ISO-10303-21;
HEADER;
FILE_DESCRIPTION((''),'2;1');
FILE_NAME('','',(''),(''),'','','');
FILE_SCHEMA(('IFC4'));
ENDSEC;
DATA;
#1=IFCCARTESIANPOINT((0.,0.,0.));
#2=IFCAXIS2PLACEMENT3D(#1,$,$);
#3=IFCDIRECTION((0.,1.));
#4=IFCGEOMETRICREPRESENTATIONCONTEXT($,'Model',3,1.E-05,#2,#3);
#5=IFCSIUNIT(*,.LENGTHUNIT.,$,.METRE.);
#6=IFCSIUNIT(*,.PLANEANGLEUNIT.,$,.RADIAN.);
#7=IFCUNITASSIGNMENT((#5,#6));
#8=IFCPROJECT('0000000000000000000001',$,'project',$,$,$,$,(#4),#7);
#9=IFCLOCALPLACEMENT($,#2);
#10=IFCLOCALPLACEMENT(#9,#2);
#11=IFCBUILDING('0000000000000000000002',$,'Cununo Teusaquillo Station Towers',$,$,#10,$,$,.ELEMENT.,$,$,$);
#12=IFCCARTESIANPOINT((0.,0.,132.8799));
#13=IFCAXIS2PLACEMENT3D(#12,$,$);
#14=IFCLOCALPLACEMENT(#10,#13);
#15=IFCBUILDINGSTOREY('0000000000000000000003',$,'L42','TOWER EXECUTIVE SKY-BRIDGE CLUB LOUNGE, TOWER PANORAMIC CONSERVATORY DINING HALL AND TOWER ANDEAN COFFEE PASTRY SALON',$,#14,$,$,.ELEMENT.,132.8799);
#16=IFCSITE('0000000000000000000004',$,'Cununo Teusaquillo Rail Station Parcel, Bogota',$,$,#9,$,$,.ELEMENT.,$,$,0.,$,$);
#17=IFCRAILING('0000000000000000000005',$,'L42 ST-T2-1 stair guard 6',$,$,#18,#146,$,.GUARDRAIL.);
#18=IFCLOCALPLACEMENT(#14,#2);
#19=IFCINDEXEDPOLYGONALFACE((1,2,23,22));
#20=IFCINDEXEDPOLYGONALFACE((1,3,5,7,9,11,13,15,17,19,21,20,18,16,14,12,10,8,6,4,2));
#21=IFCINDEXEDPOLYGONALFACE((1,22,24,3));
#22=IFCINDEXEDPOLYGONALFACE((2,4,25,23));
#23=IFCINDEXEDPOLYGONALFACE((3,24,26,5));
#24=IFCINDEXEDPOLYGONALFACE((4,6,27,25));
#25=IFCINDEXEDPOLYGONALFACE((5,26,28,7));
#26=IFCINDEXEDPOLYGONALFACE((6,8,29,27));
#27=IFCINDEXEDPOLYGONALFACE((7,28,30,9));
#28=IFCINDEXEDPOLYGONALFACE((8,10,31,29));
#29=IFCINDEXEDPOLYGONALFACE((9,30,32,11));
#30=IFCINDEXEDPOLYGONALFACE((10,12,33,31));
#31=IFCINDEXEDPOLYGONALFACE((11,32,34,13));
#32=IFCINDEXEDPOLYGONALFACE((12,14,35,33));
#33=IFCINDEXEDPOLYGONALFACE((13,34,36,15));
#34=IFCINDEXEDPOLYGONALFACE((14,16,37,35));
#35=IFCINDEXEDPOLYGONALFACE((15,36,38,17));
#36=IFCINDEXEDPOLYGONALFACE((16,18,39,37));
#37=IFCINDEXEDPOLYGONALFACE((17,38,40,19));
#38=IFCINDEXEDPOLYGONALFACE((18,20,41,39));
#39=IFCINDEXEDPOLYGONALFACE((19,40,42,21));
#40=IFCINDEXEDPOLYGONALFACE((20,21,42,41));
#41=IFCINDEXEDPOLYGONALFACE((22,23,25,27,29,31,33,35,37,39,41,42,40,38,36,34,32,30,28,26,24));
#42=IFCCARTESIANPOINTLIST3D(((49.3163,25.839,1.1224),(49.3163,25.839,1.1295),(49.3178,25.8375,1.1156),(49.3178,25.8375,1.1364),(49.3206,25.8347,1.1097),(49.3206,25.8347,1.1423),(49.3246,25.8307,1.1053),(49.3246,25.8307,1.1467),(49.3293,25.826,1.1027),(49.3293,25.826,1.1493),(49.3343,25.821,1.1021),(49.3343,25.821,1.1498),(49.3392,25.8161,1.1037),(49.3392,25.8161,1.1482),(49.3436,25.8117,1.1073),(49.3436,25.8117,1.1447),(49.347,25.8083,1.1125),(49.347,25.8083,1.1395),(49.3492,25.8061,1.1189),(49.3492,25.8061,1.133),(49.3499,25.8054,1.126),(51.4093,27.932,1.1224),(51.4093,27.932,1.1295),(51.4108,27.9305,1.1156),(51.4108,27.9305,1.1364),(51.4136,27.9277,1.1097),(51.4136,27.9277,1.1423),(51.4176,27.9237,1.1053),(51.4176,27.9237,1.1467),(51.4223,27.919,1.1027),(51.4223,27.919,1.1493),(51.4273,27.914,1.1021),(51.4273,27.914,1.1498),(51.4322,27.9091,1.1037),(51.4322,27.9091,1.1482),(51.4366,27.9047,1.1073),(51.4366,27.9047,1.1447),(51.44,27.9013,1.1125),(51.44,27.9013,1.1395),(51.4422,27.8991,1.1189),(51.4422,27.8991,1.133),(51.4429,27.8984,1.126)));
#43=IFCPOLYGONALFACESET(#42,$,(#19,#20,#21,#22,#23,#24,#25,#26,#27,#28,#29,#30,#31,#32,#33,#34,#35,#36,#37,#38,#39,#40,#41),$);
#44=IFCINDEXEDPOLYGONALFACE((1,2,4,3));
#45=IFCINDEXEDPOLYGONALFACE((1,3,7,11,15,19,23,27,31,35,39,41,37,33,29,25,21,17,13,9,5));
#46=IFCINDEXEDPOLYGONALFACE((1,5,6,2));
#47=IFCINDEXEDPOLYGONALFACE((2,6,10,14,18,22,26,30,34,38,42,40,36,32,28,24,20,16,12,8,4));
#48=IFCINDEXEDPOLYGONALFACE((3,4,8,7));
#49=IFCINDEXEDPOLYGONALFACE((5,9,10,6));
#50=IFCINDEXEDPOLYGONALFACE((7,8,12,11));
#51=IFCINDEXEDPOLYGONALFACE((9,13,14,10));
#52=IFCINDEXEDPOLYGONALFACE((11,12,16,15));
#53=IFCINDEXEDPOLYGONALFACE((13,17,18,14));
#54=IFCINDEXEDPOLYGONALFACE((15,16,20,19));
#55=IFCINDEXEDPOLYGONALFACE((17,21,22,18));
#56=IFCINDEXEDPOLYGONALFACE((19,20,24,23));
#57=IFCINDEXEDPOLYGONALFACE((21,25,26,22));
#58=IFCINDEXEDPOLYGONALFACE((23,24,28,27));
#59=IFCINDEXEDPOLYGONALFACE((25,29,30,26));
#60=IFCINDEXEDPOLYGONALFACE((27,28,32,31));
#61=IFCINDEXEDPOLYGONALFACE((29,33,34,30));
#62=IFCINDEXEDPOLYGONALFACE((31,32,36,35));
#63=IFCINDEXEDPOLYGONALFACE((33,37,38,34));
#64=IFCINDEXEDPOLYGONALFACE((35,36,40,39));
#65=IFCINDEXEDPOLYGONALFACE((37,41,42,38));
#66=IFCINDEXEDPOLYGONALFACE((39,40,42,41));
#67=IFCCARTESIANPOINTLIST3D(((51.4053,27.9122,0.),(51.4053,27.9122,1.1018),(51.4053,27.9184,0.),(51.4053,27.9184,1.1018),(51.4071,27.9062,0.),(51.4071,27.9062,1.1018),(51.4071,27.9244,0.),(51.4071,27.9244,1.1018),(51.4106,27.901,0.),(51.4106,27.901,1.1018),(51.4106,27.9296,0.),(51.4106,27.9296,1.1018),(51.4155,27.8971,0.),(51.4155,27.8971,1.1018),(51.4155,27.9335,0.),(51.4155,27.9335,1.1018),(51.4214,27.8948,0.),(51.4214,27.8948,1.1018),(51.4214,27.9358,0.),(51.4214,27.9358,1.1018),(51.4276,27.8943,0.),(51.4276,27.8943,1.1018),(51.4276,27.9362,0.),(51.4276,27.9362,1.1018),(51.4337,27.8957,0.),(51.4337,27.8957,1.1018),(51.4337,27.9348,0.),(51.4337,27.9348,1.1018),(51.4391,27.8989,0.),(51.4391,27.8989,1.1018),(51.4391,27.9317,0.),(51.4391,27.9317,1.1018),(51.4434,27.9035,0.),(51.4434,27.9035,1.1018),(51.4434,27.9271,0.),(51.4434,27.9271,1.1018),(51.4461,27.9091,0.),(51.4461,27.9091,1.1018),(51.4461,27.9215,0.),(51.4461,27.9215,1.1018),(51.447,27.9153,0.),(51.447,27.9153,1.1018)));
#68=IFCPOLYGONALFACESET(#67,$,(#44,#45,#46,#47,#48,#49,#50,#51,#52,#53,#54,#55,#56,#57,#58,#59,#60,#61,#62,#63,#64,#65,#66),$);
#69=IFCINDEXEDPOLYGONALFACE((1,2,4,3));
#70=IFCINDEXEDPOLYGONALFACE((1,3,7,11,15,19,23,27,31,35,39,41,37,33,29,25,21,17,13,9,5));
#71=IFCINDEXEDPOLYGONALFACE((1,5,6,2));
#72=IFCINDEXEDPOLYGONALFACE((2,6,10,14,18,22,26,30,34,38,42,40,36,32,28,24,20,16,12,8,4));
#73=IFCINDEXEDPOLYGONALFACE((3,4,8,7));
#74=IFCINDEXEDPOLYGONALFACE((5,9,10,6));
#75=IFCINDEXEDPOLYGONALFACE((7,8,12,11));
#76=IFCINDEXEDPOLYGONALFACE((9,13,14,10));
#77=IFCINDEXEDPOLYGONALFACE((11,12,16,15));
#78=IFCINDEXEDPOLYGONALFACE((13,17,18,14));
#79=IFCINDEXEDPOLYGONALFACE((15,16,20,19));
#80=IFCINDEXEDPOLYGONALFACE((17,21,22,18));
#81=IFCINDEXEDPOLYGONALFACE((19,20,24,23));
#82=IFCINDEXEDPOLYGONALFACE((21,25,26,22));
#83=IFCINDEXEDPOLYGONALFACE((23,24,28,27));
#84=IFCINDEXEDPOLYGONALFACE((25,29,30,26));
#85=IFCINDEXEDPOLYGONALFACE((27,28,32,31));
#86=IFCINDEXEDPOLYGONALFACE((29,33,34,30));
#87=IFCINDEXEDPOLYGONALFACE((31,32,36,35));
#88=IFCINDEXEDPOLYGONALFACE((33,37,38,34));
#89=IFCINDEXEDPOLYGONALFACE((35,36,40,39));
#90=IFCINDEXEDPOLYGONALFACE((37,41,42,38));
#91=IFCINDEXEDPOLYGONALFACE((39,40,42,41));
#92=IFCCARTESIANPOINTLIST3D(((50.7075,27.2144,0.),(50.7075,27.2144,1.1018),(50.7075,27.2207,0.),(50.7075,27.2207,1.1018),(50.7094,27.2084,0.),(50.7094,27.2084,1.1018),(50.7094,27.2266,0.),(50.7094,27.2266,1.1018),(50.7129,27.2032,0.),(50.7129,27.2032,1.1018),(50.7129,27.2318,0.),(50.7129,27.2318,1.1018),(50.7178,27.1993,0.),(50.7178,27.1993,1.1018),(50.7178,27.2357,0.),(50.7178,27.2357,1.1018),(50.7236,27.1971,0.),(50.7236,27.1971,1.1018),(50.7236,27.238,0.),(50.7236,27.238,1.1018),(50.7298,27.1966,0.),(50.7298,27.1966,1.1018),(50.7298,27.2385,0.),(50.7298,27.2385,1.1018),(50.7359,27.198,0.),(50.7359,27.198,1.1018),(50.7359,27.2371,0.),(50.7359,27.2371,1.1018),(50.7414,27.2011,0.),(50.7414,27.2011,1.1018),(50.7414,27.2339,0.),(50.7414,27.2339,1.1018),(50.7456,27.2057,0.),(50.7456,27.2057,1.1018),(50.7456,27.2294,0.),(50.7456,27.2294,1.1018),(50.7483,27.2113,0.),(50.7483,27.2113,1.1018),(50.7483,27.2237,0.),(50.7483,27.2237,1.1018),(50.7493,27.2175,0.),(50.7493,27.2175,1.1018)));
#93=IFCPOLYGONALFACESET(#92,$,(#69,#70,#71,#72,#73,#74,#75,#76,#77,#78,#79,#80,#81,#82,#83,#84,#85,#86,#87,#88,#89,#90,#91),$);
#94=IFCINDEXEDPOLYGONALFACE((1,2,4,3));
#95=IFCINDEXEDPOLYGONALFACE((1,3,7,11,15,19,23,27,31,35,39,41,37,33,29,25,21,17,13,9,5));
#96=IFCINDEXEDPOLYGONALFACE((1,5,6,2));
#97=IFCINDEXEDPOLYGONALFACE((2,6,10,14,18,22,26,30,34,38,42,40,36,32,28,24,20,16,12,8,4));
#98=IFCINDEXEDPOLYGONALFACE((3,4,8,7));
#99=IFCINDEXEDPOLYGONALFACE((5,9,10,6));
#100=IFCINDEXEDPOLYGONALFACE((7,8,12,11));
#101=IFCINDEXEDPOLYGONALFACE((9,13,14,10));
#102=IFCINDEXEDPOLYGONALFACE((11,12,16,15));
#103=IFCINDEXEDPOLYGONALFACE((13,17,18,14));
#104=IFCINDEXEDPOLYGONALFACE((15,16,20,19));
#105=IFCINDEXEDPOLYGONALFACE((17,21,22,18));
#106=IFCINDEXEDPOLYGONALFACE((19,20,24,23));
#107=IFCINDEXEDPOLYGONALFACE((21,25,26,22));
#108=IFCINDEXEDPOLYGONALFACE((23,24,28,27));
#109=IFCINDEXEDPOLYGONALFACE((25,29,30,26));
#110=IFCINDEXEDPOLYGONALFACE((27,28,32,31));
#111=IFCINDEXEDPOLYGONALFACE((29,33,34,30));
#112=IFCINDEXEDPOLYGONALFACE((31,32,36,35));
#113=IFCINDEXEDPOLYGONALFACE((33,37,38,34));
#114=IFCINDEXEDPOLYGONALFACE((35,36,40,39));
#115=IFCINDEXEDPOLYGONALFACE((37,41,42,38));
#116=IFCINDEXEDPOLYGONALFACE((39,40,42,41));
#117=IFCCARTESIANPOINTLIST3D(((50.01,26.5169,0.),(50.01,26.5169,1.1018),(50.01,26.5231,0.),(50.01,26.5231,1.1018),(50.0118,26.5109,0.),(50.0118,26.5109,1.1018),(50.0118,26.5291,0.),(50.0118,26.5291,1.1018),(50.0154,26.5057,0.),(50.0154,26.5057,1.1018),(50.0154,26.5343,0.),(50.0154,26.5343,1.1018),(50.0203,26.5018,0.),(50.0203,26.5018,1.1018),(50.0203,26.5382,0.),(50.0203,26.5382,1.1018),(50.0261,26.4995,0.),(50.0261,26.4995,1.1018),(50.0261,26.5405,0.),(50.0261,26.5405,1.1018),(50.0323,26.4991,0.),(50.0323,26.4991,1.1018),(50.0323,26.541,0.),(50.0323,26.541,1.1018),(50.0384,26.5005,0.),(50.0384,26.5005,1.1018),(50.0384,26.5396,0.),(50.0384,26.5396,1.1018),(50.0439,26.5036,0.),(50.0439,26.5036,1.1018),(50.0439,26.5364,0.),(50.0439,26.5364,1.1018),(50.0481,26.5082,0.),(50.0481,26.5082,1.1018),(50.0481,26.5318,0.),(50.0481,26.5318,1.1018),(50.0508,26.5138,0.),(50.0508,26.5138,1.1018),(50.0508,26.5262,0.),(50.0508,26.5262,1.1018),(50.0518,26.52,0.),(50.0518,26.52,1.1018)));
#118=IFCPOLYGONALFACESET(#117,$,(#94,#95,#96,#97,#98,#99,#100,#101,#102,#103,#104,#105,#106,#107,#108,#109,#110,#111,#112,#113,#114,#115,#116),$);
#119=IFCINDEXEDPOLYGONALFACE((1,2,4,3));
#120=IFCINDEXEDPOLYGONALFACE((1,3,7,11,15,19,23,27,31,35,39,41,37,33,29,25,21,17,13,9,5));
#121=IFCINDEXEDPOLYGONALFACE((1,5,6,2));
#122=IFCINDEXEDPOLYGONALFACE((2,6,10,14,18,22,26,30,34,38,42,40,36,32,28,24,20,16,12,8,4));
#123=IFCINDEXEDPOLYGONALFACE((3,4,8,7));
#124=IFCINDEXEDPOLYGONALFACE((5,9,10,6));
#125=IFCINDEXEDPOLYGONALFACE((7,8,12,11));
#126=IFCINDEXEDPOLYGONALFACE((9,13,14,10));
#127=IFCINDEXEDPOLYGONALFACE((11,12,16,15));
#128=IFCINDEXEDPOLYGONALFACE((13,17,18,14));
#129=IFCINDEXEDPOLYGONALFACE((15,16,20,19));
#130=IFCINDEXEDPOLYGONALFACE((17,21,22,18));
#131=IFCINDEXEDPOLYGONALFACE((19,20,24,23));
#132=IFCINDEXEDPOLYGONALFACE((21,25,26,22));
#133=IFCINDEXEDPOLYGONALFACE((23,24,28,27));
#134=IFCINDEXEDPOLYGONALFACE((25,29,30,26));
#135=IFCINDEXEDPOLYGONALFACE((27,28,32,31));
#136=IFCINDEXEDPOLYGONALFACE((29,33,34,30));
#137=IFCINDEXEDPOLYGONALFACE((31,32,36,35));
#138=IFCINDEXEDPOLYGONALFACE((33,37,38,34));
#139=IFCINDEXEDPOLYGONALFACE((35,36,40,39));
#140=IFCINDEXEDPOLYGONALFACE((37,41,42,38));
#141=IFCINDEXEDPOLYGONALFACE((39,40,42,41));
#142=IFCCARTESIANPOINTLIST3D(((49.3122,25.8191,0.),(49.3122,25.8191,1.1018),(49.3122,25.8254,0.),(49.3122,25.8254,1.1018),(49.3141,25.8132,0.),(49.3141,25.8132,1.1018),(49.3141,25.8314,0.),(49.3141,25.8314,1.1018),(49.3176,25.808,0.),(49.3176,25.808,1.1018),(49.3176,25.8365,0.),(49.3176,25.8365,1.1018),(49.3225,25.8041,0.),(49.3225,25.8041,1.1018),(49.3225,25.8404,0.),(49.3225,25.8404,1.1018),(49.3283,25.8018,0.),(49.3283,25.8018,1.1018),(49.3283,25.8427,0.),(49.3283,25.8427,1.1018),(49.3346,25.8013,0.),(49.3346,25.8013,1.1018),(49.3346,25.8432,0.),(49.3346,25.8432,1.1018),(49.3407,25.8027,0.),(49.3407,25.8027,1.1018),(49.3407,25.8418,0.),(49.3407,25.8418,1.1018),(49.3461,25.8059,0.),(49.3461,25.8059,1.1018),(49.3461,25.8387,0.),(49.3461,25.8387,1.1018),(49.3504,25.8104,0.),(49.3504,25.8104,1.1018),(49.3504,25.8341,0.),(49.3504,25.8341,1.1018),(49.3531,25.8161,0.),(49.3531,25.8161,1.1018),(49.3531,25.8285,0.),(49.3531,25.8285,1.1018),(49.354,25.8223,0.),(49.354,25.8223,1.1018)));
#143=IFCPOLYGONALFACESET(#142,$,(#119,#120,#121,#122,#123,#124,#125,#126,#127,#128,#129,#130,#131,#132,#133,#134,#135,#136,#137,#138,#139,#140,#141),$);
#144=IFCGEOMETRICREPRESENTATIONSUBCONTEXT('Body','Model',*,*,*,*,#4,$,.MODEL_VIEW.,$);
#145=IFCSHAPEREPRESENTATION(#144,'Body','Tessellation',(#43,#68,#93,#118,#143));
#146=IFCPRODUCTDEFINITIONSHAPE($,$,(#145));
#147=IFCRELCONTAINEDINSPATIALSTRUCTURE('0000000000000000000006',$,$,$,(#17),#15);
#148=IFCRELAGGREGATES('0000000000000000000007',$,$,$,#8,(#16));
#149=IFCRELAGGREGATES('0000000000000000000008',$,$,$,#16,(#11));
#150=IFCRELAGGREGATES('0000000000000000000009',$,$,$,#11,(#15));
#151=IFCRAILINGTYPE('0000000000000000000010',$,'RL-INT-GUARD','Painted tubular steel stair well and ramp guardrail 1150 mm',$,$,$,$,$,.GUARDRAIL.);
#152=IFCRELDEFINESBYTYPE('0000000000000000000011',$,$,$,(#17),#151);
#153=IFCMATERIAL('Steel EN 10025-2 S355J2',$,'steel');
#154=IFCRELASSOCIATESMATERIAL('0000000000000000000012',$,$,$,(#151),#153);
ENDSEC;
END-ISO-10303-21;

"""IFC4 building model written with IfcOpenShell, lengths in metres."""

from ifc_helpers import new_model, si_unit, direction, frame, origin, origin_2d, place, context, subcontext, project, spatial, circle, extrude, material, type_object, element, save


model = new_model("IFC4")

# Units and contexts
model_context = context("Model", 3, precision=1e-05, world=origin(), true_north=direction((0.0, 1.0)))
body_context = subcontext(model_context, "Body", "Model", "MODEL_VIEW")
ifc_project = project(units=[si_unit("LENGTHUNIT", "METRE"), si_unit("PLANEANGLEUNIT", "RADIAN")], contexts=[model_context])

# Site, building, storey
site_placement = place(None, origin())
site = spatial("IfcSite", under=ifc_project, at=site_placement, Name="Cununo Teusaquillo Rail Station Parcel, Bogota", CompositionType="ELEMENT", RefElevation=0.0)
building_placement = place(site_placement, origin())
building = spatial("IfcBuilding", under=site, at=building_placement, Name="Cununo Teusaquillo Station Towers", CompositionType="ELEMENT")
storey_placement = place(building_placement, frame((0.0, 0.0, 132.8799)))
storey = spatial("IfcBuildingStorey", under=building, at=storey_placement, Name="L42", Description="TOWER EXECUTIVE SKY-BRIDGE CLUB LOUNGE, TOWER PANORAMIC CONSERVATORY DINING HALL AND TOWER ANDEAN COFFEE PASTRY SALON", CompositionType="ELEMENT", Elevation=132.8799)

# Railing
ifc_material_1 = material(Name="Steel EN 10025-2 S355J2", Category="steel")
railing_type = type_object("IfcRailingType", Name="RL-INT-GUARD", Description="Painted tubular steel stair well and ramp guardrail 1150 mm", PredefinedType="GUARDRAIL", material=ifc_material_1)
railing_1_placement = place(storey_placement, frame((51.426, 27.9153, 0.0)))
element("IfcRailing", 1, at=railing_1_placement, inside=storey, type_object=railing_type, Name="L42 ST-T2-1 stair guard 6", PredefinedType="GUARDRAIL", context=body_context, shape_type="SweptSolid", body=[
    extrude(circle(Radius=0.0239, at=origin_2d()), frame((0.0, 0.0, 1.126), z_axis=(-0.707107, -0.707107, 0.0), x_axis=(0.707107, -0.707107, 0.0)), (0.0, 0.0, 1.0), 2.96),
    extrude(circle(Radius=0.021, at=origin_2d()), origin(), (0.0, 0.0, 1.0), 1.1018),
    extrude(circle(Radius=0.021, at=origin_2d()), frame((-0.6978, -0.6978, 0.0)), (0.0, 0.0, 1.0), 1.1018),
    extrude(circle(Radius=0.021, at=origin_2d()), frame((-1.3953, -1.3953, 0.0)), (0.0, 0.0, 1.0), 1.1018),
    extrude(circle(Radius=0.021, at=origin_2d()), frame((-2.093, -2.093, 0.0)), (0.0, 0.0, 1.0), 1.1018),
])

save(model, "model.ifc")
